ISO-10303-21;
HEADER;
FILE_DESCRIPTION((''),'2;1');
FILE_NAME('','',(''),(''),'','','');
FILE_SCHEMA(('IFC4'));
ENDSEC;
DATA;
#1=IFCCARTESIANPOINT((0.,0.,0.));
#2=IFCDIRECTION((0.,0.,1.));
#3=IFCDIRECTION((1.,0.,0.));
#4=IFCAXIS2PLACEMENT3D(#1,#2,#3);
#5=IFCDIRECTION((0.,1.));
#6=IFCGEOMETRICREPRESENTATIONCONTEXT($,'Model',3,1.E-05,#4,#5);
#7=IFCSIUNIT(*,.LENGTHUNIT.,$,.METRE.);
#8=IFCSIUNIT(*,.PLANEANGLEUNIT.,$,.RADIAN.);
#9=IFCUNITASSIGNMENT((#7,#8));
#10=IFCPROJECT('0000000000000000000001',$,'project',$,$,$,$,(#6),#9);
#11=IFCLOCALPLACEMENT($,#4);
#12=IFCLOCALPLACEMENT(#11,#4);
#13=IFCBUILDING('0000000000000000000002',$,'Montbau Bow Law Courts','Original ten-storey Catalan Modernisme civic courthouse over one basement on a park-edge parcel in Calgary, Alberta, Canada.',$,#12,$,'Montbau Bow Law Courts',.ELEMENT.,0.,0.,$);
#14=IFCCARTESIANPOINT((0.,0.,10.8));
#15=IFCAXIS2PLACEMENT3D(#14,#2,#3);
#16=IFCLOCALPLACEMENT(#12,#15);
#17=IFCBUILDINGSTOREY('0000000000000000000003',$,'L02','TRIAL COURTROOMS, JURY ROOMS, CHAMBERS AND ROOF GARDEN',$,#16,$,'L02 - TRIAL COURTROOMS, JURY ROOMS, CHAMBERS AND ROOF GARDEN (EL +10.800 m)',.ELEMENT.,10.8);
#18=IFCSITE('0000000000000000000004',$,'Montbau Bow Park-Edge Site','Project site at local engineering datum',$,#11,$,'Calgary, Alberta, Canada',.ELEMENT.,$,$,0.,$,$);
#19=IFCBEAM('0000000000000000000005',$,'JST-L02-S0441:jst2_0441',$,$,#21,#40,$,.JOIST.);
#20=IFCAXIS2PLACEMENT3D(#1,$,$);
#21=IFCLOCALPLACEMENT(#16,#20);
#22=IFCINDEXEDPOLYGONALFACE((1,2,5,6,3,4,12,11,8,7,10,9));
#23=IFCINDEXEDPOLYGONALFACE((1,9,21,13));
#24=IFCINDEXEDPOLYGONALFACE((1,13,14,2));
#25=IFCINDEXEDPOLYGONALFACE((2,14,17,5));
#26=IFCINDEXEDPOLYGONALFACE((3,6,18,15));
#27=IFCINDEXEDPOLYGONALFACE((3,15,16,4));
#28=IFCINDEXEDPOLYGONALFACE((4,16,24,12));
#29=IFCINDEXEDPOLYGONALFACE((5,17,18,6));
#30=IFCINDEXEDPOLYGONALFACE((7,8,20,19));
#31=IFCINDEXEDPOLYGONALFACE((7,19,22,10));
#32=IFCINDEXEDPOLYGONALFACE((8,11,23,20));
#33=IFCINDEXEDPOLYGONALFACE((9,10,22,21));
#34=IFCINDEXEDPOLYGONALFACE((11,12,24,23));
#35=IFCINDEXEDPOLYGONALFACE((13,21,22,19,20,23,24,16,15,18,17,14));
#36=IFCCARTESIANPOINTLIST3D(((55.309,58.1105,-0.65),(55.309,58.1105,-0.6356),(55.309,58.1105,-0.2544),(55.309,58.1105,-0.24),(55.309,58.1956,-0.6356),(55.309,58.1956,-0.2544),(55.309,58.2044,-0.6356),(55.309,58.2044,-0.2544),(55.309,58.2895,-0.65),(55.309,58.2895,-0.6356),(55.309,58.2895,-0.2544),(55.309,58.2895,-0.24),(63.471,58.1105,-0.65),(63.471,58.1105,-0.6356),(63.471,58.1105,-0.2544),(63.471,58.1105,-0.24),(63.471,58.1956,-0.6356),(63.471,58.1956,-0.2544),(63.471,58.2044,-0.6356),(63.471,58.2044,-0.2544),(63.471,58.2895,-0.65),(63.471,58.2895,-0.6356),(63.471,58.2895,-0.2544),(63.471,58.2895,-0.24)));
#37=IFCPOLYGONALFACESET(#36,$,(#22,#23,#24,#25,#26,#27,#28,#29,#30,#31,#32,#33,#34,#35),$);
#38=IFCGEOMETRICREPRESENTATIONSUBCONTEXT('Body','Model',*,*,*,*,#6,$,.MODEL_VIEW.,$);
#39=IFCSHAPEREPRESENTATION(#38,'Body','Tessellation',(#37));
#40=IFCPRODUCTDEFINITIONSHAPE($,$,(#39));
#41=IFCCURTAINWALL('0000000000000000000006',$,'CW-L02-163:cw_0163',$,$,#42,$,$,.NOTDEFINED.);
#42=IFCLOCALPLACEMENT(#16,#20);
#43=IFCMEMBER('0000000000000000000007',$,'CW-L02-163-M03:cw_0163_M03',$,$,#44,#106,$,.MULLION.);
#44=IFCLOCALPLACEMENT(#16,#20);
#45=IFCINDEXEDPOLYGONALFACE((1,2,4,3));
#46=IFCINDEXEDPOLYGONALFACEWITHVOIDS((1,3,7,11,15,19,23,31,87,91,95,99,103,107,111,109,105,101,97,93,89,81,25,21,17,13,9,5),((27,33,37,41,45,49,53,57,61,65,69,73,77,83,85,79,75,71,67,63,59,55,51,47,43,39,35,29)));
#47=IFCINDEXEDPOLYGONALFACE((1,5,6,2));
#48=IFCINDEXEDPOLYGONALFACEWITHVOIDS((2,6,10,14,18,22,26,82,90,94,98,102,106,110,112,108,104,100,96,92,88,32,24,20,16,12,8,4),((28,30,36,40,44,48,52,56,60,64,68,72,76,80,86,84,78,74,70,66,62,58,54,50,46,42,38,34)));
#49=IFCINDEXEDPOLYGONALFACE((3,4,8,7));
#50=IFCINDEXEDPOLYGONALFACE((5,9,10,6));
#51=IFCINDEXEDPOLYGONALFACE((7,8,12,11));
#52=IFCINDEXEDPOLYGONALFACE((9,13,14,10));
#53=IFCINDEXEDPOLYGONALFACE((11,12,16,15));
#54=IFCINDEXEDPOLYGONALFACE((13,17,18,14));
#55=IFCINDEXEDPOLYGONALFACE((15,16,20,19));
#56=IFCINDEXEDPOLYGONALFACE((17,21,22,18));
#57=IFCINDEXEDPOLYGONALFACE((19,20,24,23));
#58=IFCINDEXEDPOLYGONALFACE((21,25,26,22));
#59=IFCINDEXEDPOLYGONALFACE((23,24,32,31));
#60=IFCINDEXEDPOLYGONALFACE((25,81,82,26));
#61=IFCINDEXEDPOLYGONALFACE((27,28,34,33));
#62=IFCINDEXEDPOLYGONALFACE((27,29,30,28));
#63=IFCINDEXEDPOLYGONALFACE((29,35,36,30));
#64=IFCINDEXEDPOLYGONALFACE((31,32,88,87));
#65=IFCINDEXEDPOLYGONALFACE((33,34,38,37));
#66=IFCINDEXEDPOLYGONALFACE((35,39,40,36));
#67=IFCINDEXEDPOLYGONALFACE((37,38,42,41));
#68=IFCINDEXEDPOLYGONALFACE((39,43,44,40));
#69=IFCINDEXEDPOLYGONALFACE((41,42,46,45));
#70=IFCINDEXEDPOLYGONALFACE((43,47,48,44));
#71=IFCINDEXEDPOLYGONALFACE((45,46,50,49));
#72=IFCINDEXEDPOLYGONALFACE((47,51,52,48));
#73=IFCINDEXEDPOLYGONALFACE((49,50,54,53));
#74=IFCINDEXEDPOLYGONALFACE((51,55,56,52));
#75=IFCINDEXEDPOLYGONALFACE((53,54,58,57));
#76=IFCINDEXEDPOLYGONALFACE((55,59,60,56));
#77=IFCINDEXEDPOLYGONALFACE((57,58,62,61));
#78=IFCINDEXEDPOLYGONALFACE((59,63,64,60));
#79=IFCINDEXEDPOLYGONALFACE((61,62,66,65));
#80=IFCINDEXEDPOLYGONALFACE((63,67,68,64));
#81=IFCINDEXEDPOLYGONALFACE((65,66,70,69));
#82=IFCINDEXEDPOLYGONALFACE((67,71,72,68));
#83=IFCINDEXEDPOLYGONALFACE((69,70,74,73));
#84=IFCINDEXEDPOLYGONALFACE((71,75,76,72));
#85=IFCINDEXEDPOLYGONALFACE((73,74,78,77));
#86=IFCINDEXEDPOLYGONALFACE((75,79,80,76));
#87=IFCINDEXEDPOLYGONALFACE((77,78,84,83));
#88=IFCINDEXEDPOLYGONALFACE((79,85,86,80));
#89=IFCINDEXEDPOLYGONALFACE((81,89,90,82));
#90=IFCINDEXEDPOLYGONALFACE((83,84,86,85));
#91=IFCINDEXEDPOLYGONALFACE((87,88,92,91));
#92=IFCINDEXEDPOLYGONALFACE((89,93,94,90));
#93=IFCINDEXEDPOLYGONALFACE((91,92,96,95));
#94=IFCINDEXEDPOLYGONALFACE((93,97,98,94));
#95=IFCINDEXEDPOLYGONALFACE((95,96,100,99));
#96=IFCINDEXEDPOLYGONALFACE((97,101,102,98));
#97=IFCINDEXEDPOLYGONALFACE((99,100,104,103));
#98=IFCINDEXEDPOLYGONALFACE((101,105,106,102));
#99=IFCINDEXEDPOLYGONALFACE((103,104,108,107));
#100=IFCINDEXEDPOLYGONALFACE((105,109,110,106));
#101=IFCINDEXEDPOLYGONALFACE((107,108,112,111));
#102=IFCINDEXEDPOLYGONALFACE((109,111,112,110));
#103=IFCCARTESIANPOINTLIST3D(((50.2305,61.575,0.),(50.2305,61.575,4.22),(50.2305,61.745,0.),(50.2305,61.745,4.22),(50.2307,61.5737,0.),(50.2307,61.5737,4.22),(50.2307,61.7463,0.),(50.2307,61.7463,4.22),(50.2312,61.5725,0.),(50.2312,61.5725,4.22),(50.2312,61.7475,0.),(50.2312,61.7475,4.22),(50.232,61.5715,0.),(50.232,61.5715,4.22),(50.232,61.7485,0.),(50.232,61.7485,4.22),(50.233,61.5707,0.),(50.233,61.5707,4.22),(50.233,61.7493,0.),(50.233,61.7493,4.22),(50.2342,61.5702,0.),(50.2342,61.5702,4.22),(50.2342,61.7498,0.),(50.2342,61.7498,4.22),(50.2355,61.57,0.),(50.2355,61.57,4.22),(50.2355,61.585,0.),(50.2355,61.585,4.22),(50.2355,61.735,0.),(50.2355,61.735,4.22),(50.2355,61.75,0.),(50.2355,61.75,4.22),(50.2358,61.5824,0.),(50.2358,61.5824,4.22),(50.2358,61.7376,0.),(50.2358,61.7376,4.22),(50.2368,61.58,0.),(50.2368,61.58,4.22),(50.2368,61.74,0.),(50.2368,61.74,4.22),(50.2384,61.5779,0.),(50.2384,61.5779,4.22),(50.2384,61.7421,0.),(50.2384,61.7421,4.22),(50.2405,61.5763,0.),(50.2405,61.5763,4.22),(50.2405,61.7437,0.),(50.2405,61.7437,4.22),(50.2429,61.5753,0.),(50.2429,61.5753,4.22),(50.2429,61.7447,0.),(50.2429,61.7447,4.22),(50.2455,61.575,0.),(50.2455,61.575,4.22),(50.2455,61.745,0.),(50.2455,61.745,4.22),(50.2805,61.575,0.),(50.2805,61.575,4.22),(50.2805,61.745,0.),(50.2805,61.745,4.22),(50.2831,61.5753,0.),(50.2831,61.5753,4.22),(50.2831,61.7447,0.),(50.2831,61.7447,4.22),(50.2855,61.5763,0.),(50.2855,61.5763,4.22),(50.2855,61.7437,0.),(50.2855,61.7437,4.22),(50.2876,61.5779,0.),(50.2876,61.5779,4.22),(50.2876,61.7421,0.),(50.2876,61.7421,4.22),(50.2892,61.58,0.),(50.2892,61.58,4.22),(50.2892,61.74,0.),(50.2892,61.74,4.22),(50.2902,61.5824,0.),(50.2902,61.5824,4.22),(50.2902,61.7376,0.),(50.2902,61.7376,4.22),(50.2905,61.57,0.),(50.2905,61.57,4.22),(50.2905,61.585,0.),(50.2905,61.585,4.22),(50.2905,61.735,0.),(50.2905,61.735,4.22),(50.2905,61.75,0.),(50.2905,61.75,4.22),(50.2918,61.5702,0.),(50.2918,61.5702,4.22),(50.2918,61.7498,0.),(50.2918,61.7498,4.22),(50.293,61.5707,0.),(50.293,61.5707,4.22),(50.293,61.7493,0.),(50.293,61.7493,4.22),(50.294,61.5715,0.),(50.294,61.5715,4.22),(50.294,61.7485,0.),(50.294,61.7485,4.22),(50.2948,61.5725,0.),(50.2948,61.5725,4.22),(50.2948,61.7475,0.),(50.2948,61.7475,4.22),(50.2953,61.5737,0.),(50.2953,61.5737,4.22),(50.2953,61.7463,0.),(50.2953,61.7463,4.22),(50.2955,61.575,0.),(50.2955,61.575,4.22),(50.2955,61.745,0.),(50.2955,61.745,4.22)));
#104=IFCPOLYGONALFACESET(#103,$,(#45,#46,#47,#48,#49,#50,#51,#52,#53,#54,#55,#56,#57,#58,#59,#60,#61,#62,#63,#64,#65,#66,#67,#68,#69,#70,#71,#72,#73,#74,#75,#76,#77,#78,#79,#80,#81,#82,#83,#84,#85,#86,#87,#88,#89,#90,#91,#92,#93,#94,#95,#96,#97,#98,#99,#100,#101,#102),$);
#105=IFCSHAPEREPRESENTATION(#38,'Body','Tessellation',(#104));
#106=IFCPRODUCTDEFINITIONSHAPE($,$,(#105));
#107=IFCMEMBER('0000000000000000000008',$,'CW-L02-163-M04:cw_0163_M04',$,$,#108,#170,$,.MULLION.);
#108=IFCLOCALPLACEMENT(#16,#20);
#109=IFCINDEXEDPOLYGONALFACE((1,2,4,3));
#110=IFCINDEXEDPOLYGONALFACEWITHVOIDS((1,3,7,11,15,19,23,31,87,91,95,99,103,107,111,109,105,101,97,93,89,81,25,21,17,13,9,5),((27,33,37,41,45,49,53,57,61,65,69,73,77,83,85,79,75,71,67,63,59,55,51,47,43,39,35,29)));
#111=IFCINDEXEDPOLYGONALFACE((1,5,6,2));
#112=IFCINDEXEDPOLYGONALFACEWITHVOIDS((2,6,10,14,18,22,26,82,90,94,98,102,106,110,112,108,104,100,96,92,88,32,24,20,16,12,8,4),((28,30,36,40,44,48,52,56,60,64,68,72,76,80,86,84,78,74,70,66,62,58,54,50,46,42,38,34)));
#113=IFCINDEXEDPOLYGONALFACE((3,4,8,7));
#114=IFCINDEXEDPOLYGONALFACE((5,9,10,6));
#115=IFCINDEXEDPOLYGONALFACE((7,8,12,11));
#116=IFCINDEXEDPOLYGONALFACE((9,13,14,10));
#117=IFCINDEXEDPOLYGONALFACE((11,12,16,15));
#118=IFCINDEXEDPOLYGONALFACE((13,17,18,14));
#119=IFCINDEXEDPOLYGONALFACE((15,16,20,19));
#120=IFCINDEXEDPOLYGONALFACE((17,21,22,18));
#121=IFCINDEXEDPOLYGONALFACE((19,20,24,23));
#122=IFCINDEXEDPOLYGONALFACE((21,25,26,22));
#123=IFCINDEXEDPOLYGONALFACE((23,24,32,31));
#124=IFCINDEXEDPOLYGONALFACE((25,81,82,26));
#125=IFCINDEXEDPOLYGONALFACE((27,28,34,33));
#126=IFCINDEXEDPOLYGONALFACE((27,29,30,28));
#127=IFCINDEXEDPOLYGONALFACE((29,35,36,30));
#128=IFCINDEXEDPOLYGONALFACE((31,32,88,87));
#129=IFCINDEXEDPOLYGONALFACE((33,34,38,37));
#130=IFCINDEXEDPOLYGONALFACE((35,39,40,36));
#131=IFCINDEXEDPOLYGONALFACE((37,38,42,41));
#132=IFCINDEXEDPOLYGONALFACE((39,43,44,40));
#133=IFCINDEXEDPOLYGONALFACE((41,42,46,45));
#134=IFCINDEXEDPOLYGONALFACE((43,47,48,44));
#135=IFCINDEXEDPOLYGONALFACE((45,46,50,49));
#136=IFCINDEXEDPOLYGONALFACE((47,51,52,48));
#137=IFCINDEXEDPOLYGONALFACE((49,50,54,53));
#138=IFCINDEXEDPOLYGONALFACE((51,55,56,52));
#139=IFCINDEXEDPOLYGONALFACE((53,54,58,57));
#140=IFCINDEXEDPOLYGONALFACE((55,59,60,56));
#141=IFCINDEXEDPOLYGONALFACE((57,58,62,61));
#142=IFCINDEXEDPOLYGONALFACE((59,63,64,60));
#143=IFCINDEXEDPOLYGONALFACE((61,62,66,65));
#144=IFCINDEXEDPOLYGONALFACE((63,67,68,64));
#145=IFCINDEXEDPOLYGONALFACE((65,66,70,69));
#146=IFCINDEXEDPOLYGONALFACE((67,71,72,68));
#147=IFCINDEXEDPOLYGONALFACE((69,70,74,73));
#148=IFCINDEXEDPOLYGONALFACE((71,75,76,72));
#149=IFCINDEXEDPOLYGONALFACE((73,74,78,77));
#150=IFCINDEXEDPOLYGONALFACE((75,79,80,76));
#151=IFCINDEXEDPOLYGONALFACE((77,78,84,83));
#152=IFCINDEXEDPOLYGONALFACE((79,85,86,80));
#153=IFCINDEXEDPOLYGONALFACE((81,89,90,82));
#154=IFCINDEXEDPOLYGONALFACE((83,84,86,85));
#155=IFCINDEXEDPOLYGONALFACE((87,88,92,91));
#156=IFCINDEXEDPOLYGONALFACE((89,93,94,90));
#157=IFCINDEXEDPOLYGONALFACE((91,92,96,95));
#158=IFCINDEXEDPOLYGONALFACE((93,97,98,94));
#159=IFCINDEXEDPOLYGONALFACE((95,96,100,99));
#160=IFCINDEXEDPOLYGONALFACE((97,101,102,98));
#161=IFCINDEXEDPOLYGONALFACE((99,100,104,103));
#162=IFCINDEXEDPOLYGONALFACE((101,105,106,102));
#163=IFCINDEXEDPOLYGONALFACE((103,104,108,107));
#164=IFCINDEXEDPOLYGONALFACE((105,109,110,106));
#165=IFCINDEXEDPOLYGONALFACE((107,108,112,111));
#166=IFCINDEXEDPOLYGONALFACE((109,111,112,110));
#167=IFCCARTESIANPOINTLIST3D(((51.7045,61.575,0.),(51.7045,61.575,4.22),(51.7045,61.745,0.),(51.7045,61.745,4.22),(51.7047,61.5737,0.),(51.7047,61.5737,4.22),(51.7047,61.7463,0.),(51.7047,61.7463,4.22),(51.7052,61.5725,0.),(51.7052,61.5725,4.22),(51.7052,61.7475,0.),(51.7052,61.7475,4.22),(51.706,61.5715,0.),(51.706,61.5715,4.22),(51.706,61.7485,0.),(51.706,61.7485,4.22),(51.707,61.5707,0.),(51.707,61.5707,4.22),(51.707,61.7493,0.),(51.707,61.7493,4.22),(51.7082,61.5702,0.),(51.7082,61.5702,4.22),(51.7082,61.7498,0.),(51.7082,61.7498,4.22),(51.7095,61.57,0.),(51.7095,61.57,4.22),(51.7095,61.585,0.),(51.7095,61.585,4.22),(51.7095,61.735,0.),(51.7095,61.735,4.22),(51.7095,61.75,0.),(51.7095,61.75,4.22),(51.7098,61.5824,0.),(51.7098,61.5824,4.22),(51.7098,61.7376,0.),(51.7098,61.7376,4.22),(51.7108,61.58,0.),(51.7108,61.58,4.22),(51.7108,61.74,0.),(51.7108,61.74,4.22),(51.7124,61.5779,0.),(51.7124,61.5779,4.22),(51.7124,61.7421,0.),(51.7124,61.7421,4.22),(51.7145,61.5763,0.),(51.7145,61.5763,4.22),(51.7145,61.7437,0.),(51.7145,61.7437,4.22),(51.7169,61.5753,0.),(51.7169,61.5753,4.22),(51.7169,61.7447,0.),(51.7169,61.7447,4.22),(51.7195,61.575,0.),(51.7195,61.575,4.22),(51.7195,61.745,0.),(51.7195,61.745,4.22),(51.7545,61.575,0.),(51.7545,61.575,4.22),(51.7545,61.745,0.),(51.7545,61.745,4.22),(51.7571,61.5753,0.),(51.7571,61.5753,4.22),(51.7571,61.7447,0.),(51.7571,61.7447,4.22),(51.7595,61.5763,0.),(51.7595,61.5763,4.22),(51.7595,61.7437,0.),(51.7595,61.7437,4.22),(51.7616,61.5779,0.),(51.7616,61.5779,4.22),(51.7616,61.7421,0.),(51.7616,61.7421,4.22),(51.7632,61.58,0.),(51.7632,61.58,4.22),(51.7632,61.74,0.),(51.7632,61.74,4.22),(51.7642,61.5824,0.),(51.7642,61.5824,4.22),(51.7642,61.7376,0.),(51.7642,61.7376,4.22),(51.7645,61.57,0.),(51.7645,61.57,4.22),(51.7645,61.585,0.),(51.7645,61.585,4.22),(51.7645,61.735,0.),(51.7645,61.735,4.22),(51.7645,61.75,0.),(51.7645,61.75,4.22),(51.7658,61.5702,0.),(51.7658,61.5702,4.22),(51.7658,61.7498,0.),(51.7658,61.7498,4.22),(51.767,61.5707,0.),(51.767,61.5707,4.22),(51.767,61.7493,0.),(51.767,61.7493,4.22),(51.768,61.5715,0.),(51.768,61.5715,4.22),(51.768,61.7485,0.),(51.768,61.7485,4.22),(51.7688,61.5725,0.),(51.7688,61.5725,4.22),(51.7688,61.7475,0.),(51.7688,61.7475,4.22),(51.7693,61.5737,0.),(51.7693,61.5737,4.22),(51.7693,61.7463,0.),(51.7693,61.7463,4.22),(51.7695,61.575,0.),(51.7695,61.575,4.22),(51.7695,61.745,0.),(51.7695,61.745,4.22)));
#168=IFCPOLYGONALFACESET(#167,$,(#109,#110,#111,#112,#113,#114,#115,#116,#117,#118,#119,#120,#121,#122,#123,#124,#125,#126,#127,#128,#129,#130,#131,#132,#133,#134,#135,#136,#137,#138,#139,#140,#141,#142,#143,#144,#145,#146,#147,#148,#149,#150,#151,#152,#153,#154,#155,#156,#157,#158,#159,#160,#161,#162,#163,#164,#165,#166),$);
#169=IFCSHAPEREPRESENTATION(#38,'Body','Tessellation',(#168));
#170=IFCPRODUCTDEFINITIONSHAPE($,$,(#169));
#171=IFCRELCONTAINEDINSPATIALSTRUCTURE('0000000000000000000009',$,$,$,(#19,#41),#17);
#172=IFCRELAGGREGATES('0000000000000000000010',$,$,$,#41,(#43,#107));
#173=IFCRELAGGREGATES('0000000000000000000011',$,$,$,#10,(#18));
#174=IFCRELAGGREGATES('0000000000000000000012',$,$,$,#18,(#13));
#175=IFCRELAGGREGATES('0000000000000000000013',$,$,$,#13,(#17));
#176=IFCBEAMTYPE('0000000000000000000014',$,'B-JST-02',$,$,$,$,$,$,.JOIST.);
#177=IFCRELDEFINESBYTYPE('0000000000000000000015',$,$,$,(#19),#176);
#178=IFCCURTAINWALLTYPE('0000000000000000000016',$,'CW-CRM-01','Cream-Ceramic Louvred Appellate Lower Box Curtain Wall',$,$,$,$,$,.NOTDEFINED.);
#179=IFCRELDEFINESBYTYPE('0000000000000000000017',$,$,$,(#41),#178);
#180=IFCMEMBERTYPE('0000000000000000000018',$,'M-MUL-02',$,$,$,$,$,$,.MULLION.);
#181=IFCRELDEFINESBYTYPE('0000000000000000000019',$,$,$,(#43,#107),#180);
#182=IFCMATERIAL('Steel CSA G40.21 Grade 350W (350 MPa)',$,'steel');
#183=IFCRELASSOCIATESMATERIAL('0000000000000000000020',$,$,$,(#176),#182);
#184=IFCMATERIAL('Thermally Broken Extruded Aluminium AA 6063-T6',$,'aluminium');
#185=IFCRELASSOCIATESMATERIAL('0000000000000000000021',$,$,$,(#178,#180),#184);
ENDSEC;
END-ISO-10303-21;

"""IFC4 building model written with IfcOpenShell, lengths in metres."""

from ifc_helpers import new_model, si_unit, direction, frame, origin_with_axes, origin_2d_with_axis, place, context, subcontext, project, spatial, hollow_rectangle, i_section, extrude, material, material_profile, profile_set, type_object, element, aggregate, save


model = new_model("IFC4")

# Units and contexts
model_context = context("Model", 3, precision=1e-05, world=origin_with_axes(), true_north=direction((0.0, 1.0)))
body_context = subcontext(model_context, "Body", "Model", "MODEL_VIEW")
ifc_project = project(units=[si_unit("LENGTHUNIT", "METRE"), si_unit("PLANEANGLEUNIT", "RADIAN")], contexts=[model_context])

# Site, building, storey
site_placement = place(None, origin_with_axes())
site = spatial("IfcSite", under=ifc_project, at=site_placement, Name="Montbau Bow Park-Edge Site", Description="Project site at local engineering datum", LongName="Calgary, Alberta, Canada", CompositionType="ELEMENT", RefElevation=0.0)
building_placement = place(site_placement, origin_with_axes())
building = spatial("IfcBuilding", under=site, at=building_placement, Name="Montbau Bow Law Courts", Description="Original ten-storey Catalan Modernisme civic courthouse over one basement on a park-edge parcel in Calgary, Alberta, Canada.", LongName="Montbau Bow Law Courts", CompositionType="ELEMENT", ElevationOfRefHeight=0.0, ElevationOfTerrain=0.0)
storey_placement = place(building_placement, frame((0.0, 0.0, 10.8), z_axis=(0.0, 0.0, 1.0), x_axis=(1.0, 0.0, 0.0)))
storey = spatial("IfcBuildingStorey", under=building, at=storey_placement, Name="L02", Description="TRIAL COURTROOMS, JURY ROOMS, CHAMBERS AND ROOF GARDEN", LongName="L02 - TRIAL COURTROOMS, JURY ROOMS, CHAMBERS AND ROOF GARDEN (EL +10.800 m)", CompositionType="ELEMENT", Elevation=10.8)

# Shared definitions
ifc_material_1 = material(Name="Steel CSA G40.21 Grade 350W (350 MPa)", Category="steel")

# Beam
ifc_material_profile_1 = material_profile(ifc_material_1, i_section(OverallWidth=0.179, OverallDepth=0.41, WebThickness=0.0088, FlangeThickness=0.0144, at=origin_2d_with_axis()), Name="W410X67", Category="Main", Priority=0)
ifc_profile_set_1 = profile_set([ifc_material_profile_1], Name="Steel CSA G40.21 Grade 350W (350 MPa)")
beam_type_1 = type_object("IfcBeamType", Name="B-JST-02", PredefinedType="JOIST", material=ifc_profile_set_1)
beam_1_placement = place(None, frame((55.309, 58.2, 10.355), z_axis=(1.0, 0.0, 0.0), x_axis=(0.0, 1.0, 0.0)))
element("IfcBeam", 1, at=beam_1_placement, inside=storey, type_object=beam_type_1, Name="JST-L02-S0441:jst2_0441", PredefinedType="JOIST", context=body_context, shape_type="SweptSolid", body=[
    extrude(i_section(OverallWidth=0.179, OverallDepth=0.41, WebThickness=0.0088, FlangeThickness=0.0144, at=origin_2d_with_axis()), origin_with_axes(), (0.0, 0.0, 1.0), 8.162),
])

# Curtain wall, members
ifc_material_2 = material(Name="Thermally Broken Extruded Aluminium AA 6063-T6", Category="aluminium")
curtain_wall_type = type_object("IfcCurtainWallType", Name="CW-CRM-01", Description="Cream-Ceramic Louvred Appellate Lower Box Curtain Wall", PredefinedType="NOTDEFINED", material=ifc_material_2)
curtain_wall_placement = place(None, frame((47.315, 61.66, 10.8), z_axis=(0.0, 0.0, 1.0), x_axis=(1.0, 0.0, 0.0)))
curtain_wall = element("IfcCurtainWall", 2, at=curtain_wall_placement, inside=storey, type_object=curtain_wall_type, Name="CW-L02-163:cw_0163", PredefinedType="NOTDEFINED")
ifc_material_profile_2 = material_profile(ifc_material_2, hollow_rectangle(XDim=0.065, YDim=0.18, WallThickness=0.005, InnerFilletRadius=0.01, OuterFilletRadius=0.005, at=origin_2d_with_axis()), Name="CWM-180X65", Category="Main", Priority=0)
ifc_profile_set_2 = profile_set([ifc_material_profile_2], Name="Thermally Broken Extruded Aluminium AA 6063-T6")
member_type_1 = type_object("IfcMemberType", Name="M-MUL-02", PredefinedType="MULLION", material=ifc_profile_set_2)
member_1_placement = place(None, frame((50.263, 61.66, 10.8), z_axis=(0.0, 0.0, 1.0), x_axis=(1.0, 0.0, 0.0)))
member_1 = element("IfcMember", 3, at=member_1_placement, type_object=member_type_1, Name="CW-L02-163-M03:cw_0163_M03", PredefinedType="MULLION", context=body_context, shape_type="SweptSolid", body=[
    extrude(hollow_rectangle(XDim=0.065, YDim=0.18, WallThickness=0.005, InnerFilletRadius=0.01, OuterFilletRadius=0.005, at=origin_2d_with_axis()), origin_with_axes(), (0.0, 0.0, 1.0), 4.22),
])
member_2_placement = place(None, frame((51.737, 61.66, 10.8), z_axis=(0.0, 0.0, 1.0), x_axis=(1.0, 0.0, 0.0)))
member_2 = element("IfcMember", 4, at=member_2_placement, type_object=member_type_1, Name="CW-L02-163-M04:cw_0163_M04", PredefinedType="MULLION", context=body_context, shape_type="SweptSolid", body=[
    extrude(hollow_rectangle(XDim=0.065, YDim=0.18, WallThickness=0.005, InnerFilletRadius=0.01, OuterFilletRadius=0.005, at=origin_2d_with_axis()), origin_with_axes(), (0.0, 0.0, 1.0), 4.22),
])
aggregate(curtain_wall, [member_1, member_2])

save(model, "model.ifc")
